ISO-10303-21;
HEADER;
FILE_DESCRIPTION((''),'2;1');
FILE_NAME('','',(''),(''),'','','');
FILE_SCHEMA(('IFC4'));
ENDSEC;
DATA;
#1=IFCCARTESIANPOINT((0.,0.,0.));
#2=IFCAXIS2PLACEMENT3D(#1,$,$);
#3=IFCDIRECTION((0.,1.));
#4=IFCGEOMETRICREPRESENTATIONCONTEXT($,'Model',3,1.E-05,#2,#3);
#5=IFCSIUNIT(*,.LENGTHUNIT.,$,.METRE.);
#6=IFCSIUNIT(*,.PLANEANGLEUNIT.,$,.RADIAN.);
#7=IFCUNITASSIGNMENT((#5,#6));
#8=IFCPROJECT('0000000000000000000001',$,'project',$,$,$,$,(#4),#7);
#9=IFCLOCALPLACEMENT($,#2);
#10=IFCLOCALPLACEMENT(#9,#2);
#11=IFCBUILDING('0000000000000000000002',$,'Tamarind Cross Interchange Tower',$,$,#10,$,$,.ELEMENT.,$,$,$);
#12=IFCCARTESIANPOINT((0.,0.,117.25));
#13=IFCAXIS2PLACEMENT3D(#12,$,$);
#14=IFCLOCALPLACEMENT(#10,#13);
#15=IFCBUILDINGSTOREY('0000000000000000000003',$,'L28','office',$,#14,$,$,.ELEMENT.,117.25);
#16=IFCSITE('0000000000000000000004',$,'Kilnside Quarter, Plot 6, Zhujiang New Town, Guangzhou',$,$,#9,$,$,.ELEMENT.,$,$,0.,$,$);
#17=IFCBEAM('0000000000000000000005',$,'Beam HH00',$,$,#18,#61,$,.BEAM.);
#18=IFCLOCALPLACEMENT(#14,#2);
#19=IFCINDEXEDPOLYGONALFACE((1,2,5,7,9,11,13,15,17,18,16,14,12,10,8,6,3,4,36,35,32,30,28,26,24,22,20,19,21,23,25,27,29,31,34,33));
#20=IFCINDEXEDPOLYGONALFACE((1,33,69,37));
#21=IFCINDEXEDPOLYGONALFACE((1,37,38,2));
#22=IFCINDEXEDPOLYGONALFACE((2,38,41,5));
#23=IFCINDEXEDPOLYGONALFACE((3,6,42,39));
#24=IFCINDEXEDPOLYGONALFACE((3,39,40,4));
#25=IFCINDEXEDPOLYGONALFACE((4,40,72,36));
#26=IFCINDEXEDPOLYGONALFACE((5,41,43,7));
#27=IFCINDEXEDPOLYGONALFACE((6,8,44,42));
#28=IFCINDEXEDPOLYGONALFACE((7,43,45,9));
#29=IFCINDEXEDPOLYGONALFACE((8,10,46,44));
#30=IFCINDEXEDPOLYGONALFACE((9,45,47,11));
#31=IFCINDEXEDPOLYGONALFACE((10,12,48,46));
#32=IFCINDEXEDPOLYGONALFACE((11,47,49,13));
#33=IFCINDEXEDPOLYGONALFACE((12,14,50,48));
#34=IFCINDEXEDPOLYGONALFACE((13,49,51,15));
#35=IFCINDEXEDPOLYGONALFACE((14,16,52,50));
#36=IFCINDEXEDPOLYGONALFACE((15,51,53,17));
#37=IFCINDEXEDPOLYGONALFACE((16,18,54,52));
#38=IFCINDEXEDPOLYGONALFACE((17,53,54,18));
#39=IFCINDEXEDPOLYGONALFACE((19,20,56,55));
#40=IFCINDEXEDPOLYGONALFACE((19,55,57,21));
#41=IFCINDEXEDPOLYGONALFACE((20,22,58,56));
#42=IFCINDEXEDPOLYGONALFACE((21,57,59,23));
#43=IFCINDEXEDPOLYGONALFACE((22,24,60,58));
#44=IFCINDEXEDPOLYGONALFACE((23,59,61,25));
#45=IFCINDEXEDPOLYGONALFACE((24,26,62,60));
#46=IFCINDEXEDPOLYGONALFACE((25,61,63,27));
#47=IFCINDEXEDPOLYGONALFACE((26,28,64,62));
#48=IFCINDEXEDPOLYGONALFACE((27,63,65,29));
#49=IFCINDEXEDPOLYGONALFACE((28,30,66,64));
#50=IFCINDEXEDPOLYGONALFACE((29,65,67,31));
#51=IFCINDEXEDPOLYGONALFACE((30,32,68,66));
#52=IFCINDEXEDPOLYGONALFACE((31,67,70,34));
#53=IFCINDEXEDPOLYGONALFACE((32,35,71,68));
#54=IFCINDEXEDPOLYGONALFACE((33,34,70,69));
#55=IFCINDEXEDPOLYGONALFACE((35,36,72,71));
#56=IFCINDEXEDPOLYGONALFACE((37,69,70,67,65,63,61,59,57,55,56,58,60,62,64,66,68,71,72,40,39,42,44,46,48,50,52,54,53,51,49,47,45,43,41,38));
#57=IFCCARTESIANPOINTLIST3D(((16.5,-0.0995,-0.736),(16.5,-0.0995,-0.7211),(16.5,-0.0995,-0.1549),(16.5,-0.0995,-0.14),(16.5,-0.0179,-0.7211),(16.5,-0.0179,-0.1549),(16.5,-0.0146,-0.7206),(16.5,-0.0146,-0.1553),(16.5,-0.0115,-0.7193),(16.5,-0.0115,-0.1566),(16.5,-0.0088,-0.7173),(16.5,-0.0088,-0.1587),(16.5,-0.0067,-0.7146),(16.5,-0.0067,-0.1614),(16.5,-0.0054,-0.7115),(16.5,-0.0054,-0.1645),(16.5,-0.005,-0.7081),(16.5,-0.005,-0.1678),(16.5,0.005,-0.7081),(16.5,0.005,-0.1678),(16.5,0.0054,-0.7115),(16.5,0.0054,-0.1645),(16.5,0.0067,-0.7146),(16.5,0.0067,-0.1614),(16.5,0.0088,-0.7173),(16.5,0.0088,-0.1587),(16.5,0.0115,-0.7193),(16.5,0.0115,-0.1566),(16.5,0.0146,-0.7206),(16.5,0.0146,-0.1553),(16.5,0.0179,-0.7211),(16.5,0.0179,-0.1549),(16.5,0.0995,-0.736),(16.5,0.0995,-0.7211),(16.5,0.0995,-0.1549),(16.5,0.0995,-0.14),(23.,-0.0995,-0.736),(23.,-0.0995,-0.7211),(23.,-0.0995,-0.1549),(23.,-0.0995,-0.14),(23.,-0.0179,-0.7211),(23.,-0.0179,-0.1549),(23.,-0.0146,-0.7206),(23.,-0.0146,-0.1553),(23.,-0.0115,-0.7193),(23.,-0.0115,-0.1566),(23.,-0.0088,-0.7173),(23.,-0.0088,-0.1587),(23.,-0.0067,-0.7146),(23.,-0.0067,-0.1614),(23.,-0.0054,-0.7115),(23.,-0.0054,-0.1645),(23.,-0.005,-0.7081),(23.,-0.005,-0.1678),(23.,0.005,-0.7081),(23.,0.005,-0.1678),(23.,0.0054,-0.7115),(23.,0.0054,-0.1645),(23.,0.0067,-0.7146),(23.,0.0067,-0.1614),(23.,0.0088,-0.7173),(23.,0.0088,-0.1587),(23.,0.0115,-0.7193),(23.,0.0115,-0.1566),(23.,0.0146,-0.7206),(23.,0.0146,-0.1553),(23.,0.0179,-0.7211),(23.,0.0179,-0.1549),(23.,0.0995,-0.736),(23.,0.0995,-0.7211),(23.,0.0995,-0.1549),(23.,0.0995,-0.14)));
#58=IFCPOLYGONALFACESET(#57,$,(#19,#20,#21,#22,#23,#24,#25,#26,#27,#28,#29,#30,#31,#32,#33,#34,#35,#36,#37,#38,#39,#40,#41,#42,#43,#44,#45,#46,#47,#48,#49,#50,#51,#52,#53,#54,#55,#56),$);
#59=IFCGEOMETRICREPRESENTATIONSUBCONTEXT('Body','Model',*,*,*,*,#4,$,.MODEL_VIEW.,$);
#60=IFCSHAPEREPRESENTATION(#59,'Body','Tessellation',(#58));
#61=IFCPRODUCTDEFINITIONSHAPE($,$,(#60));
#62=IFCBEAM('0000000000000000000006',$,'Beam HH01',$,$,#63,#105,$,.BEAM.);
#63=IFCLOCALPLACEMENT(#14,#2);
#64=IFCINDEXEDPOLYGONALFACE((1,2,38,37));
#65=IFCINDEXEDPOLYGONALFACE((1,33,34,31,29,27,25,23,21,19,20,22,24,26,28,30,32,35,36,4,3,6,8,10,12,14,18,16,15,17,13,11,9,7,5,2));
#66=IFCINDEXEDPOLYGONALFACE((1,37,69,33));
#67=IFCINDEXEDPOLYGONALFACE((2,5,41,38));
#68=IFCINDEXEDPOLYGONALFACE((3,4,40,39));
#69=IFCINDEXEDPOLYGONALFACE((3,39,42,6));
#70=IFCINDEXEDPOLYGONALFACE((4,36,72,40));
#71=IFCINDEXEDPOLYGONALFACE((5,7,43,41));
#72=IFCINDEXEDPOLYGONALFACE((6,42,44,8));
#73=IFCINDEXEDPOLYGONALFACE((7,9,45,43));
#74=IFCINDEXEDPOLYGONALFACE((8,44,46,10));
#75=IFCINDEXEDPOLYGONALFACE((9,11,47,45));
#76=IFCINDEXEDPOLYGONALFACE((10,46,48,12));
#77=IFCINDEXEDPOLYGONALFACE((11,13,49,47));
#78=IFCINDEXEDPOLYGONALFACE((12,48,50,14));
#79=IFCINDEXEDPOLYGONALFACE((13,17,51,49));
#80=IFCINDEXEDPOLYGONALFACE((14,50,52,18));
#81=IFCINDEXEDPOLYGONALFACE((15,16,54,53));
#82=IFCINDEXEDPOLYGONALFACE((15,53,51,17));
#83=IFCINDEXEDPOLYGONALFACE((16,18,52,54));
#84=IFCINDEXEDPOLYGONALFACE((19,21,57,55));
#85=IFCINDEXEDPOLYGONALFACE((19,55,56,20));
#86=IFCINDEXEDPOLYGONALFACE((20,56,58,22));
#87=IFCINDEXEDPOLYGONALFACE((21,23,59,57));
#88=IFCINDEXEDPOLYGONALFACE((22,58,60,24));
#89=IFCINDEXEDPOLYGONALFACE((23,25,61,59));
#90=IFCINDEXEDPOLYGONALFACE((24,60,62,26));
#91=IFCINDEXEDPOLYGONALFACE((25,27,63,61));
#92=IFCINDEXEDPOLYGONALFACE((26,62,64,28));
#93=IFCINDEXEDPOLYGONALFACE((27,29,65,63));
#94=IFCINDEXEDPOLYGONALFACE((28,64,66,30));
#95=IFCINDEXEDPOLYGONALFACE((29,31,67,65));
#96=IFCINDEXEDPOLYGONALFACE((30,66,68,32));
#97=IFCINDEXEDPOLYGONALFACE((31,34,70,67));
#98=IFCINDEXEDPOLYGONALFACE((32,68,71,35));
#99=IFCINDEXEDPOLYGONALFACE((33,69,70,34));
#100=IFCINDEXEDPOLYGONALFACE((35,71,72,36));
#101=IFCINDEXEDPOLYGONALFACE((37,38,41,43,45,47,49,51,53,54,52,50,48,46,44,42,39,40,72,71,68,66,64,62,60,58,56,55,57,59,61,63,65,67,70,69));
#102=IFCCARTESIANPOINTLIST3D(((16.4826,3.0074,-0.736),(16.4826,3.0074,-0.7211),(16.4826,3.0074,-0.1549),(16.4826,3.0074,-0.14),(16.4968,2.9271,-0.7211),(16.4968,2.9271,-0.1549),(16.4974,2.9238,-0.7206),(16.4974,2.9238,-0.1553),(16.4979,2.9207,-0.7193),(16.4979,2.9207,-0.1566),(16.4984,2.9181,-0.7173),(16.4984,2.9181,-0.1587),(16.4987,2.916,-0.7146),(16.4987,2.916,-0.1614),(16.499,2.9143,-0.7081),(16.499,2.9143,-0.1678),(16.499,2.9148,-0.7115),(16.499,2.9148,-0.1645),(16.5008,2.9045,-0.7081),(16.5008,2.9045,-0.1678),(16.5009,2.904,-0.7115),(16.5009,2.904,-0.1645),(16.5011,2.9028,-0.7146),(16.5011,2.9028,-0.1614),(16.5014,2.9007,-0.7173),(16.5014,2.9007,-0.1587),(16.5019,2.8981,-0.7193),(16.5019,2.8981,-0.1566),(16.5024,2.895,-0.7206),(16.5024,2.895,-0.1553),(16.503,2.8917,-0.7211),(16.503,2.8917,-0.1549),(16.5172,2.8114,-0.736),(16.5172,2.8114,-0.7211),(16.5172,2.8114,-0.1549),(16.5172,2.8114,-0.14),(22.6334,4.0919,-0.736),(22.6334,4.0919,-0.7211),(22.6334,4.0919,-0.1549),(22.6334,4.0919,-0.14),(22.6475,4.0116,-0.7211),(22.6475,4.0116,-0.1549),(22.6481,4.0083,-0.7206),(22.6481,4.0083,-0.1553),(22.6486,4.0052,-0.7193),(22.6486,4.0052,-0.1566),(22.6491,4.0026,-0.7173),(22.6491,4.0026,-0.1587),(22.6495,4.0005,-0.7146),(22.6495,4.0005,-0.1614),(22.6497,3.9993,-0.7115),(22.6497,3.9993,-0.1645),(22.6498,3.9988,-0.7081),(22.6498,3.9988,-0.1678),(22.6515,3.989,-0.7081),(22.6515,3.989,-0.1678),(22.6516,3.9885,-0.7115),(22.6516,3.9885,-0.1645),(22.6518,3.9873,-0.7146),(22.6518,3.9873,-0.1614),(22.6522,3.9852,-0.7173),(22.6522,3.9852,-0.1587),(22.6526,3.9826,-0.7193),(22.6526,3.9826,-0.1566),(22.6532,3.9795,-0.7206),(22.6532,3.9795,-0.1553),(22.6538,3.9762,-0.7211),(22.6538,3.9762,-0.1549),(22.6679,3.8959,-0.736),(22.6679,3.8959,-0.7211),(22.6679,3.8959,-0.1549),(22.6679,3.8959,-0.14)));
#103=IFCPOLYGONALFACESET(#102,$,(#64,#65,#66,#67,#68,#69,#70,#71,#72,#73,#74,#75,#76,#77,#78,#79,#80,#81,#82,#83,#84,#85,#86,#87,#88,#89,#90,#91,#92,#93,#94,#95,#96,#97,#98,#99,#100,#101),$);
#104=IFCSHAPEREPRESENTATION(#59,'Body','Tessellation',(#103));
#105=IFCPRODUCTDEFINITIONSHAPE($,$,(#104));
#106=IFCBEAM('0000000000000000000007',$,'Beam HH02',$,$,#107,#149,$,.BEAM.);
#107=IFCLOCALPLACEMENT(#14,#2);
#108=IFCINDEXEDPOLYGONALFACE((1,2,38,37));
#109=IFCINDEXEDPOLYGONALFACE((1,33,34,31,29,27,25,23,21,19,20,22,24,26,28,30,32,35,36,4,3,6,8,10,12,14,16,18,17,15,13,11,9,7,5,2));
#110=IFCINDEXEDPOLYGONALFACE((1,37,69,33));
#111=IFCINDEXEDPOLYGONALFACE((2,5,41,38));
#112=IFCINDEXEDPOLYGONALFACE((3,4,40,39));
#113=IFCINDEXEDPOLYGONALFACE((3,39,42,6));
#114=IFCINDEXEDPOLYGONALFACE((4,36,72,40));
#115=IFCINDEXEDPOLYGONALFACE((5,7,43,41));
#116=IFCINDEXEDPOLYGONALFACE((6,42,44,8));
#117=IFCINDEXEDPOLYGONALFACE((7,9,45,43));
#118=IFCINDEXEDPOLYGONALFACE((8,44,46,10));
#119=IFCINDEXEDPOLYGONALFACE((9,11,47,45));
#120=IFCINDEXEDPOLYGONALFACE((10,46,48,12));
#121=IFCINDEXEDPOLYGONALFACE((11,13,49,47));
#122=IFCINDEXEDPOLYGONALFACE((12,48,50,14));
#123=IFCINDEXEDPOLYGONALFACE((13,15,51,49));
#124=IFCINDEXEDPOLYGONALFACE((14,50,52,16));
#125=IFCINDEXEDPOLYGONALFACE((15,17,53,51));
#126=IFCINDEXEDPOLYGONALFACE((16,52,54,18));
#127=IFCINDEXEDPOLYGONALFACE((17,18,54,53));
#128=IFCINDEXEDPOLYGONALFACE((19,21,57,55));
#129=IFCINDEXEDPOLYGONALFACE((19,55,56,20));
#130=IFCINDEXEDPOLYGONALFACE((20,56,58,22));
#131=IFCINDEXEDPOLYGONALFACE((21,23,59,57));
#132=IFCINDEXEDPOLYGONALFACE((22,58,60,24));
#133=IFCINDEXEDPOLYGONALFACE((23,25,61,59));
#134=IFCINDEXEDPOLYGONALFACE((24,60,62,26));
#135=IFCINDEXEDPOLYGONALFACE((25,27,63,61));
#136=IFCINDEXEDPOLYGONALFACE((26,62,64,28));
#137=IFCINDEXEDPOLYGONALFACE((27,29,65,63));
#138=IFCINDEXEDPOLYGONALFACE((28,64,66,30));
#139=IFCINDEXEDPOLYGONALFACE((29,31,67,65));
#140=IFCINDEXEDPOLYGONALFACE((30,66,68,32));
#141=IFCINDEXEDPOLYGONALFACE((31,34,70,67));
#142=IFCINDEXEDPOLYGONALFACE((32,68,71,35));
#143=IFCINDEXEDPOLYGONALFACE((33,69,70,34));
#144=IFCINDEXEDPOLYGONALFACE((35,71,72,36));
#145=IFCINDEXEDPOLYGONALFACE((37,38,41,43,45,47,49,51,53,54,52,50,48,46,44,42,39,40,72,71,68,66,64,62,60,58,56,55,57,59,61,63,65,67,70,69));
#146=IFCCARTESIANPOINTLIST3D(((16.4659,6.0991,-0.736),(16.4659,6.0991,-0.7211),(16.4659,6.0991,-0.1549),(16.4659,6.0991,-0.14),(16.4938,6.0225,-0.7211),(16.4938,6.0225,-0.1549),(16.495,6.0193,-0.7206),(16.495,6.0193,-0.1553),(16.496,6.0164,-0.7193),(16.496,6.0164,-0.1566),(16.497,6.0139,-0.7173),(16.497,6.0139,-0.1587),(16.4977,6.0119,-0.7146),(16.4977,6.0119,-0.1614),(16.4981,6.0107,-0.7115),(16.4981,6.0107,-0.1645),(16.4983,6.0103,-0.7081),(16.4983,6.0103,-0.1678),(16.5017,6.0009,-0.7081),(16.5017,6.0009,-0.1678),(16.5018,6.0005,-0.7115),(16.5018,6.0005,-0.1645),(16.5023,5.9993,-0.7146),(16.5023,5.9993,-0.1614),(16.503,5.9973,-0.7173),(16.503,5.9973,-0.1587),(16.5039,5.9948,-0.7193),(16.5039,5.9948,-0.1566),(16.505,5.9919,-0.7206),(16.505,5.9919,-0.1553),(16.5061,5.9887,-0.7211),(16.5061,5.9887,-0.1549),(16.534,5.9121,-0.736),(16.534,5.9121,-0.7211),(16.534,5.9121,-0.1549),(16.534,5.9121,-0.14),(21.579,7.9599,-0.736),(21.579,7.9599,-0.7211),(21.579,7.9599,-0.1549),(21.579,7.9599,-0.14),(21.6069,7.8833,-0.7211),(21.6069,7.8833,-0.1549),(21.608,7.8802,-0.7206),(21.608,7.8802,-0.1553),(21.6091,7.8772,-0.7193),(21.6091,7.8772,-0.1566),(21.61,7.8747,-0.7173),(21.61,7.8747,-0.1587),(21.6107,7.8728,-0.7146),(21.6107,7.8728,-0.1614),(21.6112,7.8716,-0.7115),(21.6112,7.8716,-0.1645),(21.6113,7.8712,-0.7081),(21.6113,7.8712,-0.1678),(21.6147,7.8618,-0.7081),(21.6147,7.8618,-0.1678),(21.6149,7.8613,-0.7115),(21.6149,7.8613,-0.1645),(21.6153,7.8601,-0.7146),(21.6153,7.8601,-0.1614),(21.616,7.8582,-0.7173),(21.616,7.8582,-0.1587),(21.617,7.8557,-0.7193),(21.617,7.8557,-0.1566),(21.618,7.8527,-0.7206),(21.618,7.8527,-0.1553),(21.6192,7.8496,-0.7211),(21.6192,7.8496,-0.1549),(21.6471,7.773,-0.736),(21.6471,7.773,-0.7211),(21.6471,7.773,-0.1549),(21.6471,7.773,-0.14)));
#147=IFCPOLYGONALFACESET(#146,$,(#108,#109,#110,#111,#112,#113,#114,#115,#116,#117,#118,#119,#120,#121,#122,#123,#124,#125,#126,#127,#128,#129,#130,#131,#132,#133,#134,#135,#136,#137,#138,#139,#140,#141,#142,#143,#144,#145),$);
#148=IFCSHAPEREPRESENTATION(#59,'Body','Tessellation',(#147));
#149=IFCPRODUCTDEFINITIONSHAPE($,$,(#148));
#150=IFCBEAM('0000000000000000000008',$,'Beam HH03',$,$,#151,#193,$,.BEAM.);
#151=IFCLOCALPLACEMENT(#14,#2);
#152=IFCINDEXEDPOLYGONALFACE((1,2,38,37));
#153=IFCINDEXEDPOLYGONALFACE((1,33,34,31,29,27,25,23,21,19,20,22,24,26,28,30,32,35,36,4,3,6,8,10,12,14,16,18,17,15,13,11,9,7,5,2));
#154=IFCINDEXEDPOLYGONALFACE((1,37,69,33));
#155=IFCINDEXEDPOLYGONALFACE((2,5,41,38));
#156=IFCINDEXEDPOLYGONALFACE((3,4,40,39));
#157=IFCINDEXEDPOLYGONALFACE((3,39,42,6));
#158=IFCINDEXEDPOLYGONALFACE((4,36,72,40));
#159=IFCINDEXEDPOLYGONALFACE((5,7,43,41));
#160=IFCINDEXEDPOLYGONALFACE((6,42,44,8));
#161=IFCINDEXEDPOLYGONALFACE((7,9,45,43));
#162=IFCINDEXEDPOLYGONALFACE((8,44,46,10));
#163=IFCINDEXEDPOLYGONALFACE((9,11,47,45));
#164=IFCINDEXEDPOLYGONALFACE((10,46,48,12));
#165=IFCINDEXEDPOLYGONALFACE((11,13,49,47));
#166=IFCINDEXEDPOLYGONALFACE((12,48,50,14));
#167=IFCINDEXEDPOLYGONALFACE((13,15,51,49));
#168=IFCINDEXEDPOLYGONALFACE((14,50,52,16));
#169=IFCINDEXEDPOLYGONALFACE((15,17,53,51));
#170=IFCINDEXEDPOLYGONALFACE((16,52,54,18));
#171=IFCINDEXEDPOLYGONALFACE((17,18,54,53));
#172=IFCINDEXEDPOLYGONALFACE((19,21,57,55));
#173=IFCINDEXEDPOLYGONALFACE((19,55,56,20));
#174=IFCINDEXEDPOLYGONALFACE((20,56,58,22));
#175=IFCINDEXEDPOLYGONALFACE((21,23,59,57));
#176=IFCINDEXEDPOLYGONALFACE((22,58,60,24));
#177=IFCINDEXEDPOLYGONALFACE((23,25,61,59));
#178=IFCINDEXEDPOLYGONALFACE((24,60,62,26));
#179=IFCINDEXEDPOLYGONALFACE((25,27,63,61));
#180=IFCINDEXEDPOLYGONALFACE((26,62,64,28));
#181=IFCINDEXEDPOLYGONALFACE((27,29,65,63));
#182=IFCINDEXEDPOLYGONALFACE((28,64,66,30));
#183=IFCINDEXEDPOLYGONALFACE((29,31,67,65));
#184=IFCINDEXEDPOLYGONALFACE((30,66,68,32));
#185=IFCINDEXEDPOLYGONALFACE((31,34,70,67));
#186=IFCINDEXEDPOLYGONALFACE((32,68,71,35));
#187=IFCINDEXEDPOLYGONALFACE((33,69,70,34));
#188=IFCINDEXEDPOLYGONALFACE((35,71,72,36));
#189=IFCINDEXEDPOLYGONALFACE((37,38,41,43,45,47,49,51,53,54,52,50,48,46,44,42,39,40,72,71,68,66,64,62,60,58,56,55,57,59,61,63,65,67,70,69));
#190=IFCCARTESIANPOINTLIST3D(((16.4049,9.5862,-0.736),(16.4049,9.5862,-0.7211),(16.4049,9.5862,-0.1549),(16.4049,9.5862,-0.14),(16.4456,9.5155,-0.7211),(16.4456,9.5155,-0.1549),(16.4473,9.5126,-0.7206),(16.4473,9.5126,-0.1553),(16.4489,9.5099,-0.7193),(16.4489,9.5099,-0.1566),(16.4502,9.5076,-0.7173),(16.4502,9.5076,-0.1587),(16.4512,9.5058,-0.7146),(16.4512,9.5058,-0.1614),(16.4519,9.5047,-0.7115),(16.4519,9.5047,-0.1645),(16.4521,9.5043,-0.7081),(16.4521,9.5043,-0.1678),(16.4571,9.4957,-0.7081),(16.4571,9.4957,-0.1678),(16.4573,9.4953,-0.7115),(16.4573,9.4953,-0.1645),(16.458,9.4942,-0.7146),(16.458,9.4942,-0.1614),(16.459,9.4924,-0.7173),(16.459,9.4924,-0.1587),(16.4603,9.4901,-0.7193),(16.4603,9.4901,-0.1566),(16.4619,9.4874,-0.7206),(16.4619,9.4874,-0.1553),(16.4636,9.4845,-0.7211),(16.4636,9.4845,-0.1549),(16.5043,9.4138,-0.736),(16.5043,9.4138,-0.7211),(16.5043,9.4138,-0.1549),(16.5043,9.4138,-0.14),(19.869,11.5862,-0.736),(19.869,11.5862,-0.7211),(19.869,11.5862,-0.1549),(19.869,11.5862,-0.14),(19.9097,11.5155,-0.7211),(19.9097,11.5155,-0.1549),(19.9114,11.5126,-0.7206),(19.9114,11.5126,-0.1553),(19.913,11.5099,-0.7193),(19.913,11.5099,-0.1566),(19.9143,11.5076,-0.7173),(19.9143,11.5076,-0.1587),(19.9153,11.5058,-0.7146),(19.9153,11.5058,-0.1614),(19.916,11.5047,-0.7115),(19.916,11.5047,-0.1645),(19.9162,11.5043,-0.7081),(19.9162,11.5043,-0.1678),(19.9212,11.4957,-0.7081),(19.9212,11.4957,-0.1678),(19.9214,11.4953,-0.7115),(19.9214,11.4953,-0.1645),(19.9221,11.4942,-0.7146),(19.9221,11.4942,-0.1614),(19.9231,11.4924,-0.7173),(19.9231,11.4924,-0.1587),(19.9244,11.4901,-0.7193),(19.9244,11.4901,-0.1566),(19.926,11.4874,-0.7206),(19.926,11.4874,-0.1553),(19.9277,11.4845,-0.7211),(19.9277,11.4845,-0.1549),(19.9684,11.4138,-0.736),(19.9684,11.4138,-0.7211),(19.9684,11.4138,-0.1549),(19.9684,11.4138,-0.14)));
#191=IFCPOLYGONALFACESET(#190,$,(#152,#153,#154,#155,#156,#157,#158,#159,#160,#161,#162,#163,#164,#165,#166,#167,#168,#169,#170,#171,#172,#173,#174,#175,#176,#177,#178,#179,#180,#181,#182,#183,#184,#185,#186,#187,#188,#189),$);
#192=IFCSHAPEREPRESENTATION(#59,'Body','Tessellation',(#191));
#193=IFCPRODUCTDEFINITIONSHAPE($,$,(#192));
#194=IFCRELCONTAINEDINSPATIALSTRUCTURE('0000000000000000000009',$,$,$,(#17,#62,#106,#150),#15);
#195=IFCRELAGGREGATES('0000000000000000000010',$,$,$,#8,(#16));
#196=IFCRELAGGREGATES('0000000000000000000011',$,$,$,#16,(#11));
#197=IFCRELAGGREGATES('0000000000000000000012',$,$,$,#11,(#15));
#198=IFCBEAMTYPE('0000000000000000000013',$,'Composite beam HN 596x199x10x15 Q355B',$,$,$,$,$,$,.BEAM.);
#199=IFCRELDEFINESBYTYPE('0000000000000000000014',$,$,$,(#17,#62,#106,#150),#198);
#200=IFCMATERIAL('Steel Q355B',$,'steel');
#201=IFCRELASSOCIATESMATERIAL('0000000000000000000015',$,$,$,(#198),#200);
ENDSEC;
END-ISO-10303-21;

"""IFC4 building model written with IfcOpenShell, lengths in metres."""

from ifc_helpers import new_model, si_unit, direction, frame, origin, origin_2d, place, context, subcontext, project, spatial, i_section, extrude, material, material_profile, profile_set, type_object, element, save


model = new_model("IFC4")

# Units and contexts
model_context = context("Model", 3, precision=1e-05, world=origin(), true_north=direction((0.0, 1.0)))
body_context = subcontext(model_context, "Body", "Model", "MODEL_VIEW")
ifc_project = project(units=[si_unit("LENGTHUNIT", "METRE"), si_unit("PLANEANGLEUNIT", "RADIAN")], contexts=[model_context])

# Site, building, storey
site_placement = place(None, origin())
site = spatial("IfcSite", under=ifc_project, at=site_placement, Name="Kilnside Quarter, Plot 6, Zhujiang New Town, Guangzhou", CompositionType="ELEMENT", RefElevation=0.0)
building_placement = place(site_placement, origin())
building = spatial("IfcBuilding", under=site, at=building_placement, Name="Tamarind Cross Interchange Tower", CompositionType="ELEMENT")
storey_placement = place(building_placement, frame((0.0, 0.0, 117.25)))
storey = spatial("IfcBuildingStorey", under=building, at=storey_placement, Name="L28", Description="office", CompositionType="ELEMENT", Elevation=117.25)

# Beams
ifc_material_1 = material(Name="Steel Q355B", Category="steel")
ifc_material_profile_1 = material_profile(ifc_material_1, i_section(OverallWidth=0.199, OverallDepth=0.5959, WebThickness=0.01, FlangeThickness=0.0149, FilletRadius=0.0129, at=origin_2d()), Name="HN 596x199x10x15")
ifc_profile_set_1 = profile_set([ifc_material_profile_1], Name="Steel Q355B")
beam_type_1 = type_object("IfcBeamType", Name="Composite beam HN 596x199x10x15 Q355B", PredefinedType="BEAM", material=ifc_profile_set_1)
beam_1_placement = place(storey_placement, frame((23.0, 0.0, -0.438), z_axis=(-1.0, 0.0, 0.0), x_axis=(0.0, -1.0, 0.0)))
element("IfcBeam", 1, at=beam_1_placement, inside=storey, type_object=beam_type_1, Name="Beam HH00", PredefinedType="BEAM", context=body_context, shape_type="SweptSolid", body=[
    extrude(i_section(OverallWidth=0.199, OverallDepth=0.5959, WebThickness=0.01, FlangeThickness=0.0149, FilletRadius=0.0129, at=origin_2d()), origin(), (0.0, 0.0, 1.0), 6.5),
])
beam_2_placement = place(storey_placement, frame((22.6506, 3.9939, -0.438), z_axis=(-0.984809, -0.17364, 0.0), x_axis=(0.17364, -0.984809, 0.0)))
element("IfcBeam", 2, at=beam_2_placement, inside=storey, type_object=beam_type_1, Name="Beam HH01", PredefinedType="BEAM", context=body_context, shape_type="SweptSolid", body=[
    extrude(i_section(OverallWidth=0.199, OverallDepth=0.5959, WebThickness=0.01, FlangeThickness=0.0149, FilletRadius=0.0129, at=origin_2d()), origin(), (0.0, 0.0, 1.0), 6.2456),
])
beam_3_placement = place(storey_placement, frame((21.613, 7.8665, -0.438), z_axis=(-0.939702, -0.341995, 0.0), x_axis=(0.341995, -0.939702, 0.0)))
element("IfcBeam", 3, at=beam_3_placement, inside=storey, type_object=beam_type_1, Name="Beam HH02", PredefinedType="BEAM", context=body_context, shape_type="SweptSolid", body=[
    extrude(i_section(OverallWidth=0.199, OverallDepth=0.5959, WebThickness=0.01, FlangeThickness=0.0149, FilletRadius=0.0129, at=origin_2d()), origin(), (0.0, 0.0, 1.0), 5.4412),
])
beam_4_placement = place(storey_placement, frame((19.9187, 11.5, -0.438), z_axis=(-0.866026, -0.499999, 0.0), x_axis=(0.499999, -0.866026, 0.0)))
element("IfcBeam", 4, at=beam_4_placement, inside=storey, type_object=beam_type_1, Name="Beam HH03", PredefinedType="BEAM", context=body_context, shape_type="SweptSolid", body=[
    extrude(i_section(OverallWidth=0.199, OverallDepth=0.5959, WebThickness=0.01, FlangeThickness=0.0149, FilletRadius=0.0129, at=origin_2d()), origin(), (0.0, 0.0, 1.0), 4.0),
])

save(model, "model.ifc")
